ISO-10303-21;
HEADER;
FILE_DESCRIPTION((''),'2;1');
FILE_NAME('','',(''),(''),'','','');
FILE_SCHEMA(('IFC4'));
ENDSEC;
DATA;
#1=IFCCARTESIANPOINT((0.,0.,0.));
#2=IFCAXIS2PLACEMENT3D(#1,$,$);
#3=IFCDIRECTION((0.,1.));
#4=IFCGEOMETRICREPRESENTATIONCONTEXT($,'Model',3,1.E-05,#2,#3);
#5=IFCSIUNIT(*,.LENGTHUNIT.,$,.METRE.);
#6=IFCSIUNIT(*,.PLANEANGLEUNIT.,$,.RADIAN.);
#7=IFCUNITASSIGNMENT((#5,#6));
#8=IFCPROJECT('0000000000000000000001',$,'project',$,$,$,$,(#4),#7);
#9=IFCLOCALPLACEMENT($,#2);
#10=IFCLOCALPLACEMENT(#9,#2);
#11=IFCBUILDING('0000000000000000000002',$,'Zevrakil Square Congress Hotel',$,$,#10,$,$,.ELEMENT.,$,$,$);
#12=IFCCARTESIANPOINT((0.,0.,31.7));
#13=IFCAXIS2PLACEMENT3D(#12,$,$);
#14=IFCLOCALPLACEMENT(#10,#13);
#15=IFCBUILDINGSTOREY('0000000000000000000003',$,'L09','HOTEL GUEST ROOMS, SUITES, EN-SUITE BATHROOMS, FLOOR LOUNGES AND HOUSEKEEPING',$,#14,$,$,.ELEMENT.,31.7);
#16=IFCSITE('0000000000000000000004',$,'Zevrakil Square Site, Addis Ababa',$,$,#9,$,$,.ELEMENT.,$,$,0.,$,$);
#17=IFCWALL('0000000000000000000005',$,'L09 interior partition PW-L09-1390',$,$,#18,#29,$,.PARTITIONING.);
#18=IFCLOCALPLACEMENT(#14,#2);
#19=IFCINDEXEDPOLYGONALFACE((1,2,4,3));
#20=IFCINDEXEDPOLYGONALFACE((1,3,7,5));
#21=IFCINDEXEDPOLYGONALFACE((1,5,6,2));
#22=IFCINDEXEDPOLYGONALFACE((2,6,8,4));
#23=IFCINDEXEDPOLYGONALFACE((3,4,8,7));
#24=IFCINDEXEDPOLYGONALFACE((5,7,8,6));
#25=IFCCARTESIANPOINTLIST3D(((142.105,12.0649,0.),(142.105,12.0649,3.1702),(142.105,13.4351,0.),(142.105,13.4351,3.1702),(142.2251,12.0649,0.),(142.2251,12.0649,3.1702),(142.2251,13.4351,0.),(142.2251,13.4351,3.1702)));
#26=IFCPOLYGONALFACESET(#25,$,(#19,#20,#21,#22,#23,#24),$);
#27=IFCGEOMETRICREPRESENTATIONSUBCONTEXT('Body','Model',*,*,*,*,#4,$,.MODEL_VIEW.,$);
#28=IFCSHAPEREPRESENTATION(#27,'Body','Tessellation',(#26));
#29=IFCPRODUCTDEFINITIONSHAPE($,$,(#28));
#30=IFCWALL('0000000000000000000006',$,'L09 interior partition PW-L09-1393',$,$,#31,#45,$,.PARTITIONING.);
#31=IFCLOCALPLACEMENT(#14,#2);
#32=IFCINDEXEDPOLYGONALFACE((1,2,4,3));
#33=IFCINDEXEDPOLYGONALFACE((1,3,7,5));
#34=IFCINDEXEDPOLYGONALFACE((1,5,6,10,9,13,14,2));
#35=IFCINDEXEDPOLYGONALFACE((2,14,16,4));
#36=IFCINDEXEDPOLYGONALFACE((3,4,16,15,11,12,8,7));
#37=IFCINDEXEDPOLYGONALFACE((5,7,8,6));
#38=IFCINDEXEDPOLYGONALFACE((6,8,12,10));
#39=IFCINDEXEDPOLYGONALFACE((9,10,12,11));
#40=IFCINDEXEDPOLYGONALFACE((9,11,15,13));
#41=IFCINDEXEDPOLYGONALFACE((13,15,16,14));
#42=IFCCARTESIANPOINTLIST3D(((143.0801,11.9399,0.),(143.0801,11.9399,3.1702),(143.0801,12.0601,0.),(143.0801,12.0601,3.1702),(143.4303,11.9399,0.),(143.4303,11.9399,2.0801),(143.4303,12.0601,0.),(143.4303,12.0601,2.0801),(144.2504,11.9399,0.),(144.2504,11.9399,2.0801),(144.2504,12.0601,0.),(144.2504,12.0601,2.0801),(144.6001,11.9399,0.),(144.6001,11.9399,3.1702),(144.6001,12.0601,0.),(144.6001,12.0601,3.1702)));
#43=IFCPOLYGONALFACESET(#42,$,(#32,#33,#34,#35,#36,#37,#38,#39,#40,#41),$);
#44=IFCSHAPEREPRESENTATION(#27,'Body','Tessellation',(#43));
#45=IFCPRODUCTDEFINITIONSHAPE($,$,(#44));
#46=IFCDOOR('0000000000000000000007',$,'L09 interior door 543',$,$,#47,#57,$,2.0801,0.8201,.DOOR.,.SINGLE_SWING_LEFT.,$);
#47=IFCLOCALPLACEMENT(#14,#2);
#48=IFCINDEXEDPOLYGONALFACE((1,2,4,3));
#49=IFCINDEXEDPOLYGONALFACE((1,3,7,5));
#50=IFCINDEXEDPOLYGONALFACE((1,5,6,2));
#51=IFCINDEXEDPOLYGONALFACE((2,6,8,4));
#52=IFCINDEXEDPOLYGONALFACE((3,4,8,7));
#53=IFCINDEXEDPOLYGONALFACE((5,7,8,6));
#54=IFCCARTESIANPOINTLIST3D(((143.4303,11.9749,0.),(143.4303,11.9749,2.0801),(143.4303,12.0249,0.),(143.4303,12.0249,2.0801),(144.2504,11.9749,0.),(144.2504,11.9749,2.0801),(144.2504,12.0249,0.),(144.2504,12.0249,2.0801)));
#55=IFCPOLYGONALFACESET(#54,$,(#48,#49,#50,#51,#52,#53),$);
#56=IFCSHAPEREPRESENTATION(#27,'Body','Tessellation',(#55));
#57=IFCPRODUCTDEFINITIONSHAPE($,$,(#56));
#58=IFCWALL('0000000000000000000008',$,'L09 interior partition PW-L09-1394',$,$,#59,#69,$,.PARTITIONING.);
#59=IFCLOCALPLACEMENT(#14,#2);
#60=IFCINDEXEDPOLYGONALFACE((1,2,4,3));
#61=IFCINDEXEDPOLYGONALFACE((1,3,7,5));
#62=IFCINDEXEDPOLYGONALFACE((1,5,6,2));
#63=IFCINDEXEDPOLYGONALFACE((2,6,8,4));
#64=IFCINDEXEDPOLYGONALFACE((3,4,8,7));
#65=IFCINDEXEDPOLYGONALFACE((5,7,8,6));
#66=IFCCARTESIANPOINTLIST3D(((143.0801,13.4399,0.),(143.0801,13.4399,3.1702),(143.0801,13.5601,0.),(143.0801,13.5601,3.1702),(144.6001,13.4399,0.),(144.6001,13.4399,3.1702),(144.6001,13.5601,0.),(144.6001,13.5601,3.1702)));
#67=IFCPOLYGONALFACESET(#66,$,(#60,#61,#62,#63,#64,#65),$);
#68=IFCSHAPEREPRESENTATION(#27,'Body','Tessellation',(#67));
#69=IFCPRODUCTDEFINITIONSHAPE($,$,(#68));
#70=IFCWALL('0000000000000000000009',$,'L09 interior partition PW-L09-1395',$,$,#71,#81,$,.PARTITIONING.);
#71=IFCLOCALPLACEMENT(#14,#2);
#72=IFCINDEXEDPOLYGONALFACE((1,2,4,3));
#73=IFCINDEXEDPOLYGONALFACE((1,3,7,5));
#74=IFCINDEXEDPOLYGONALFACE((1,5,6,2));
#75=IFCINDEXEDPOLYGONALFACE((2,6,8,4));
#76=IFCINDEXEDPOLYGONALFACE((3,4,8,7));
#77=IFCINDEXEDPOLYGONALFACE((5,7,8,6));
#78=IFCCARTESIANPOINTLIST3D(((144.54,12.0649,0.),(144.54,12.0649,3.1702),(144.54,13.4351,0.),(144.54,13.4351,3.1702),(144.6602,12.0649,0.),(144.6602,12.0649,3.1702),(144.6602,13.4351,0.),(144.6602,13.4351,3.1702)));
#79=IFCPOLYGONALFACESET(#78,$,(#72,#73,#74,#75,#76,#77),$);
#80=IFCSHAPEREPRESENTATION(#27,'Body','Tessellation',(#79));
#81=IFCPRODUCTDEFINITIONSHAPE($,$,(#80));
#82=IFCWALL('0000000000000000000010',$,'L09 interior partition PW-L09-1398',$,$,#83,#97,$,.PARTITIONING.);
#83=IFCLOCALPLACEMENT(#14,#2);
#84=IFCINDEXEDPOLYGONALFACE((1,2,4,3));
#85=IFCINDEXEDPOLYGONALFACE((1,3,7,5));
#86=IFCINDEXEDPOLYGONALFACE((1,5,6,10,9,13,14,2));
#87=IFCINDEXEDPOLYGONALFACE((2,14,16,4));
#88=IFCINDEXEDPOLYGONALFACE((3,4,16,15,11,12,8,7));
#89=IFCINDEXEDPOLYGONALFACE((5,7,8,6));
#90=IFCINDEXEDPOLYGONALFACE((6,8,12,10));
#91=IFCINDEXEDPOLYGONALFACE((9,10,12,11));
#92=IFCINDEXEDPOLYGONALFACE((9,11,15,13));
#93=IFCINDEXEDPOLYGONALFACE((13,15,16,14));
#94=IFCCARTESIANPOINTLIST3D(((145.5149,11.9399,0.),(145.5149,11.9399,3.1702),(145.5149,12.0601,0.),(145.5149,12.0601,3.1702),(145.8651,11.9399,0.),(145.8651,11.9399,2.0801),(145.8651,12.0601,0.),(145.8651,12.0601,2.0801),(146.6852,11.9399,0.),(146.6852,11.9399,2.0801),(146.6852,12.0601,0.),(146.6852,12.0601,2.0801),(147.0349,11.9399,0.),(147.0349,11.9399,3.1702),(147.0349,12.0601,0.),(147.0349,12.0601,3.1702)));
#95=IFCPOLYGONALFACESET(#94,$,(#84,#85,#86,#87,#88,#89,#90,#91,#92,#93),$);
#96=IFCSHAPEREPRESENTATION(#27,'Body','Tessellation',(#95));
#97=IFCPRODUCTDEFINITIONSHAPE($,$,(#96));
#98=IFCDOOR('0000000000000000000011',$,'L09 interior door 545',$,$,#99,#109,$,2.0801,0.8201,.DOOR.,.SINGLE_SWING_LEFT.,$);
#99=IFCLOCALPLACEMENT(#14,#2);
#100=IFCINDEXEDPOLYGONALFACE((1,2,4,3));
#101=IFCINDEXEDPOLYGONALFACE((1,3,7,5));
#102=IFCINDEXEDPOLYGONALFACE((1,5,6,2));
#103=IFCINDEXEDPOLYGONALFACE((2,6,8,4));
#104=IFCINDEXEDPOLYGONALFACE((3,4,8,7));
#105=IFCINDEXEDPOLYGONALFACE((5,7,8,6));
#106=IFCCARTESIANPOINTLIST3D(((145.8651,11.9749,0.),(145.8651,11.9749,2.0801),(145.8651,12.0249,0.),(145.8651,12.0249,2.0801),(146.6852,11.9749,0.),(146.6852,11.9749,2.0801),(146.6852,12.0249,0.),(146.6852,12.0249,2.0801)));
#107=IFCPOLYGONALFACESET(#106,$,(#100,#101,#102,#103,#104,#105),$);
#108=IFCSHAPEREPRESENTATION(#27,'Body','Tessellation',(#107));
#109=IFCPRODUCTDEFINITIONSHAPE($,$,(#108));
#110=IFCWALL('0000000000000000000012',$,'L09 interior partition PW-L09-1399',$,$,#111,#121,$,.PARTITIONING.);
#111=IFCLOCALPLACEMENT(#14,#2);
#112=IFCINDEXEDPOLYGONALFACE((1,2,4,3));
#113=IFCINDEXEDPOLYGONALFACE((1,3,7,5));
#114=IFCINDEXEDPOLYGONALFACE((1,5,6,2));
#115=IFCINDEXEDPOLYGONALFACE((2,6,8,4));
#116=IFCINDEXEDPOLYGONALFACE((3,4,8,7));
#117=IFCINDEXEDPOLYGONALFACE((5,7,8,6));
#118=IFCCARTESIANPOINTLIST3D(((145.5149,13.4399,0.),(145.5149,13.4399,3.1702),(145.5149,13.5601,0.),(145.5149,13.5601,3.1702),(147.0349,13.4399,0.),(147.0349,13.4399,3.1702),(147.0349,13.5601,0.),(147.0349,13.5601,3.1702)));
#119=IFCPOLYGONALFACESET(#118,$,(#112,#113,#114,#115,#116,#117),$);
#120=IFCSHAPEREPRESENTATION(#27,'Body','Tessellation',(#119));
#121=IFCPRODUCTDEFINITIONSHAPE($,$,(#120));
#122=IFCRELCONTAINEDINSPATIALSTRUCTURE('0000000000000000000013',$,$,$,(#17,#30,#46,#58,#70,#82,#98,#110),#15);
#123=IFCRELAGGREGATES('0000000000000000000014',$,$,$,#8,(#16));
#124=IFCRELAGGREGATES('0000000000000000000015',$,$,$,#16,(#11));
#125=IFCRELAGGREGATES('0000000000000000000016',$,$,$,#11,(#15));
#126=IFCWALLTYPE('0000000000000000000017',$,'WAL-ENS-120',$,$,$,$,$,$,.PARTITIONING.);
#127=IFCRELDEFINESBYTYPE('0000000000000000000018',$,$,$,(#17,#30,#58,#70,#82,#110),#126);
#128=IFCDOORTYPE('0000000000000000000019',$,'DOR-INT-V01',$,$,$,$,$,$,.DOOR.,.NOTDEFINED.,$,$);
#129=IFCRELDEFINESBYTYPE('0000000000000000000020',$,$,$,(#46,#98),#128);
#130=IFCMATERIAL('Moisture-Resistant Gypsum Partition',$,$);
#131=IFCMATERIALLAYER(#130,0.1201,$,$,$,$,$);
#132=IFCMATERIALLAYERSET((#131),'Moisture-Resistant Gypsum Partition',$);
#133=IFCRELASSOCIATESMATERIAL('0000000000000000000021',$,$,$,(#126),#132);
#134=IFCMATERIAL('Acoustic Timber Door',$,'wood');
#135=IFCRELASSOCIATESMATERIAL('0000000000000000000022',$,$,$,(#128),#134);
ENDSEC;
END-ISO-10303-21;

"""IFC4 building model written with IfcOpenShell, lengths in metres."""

from ifc_helpers import new_model, si_unit, direction, frame, frame_2d, origin, place, context, subcontext, project, spatial, rectangle, extrude, material, layer, layer_set, type_object, element, fill, save


model = new_model("IFC4")

# Units and contexts
model_context = context("Model", 3, precision=1e-05, world=origin(), true_north=direction((0.0, 1.0)))
body_context = subcontext(model_context, "Body", "Model", "MODEL_VIEW")
ifc_project = project(units=[si_unit("LENGTHUNIT", "METRE"), si_unit("PLANEANGLEUNIT", "RADIAN")], contexts=[model_context])

# Site, building, storey
site_placement = place(None, origin())
site = spatial("IfcSite", under=ifc_project, at=site_placement, Name="Zevrakil Square Site, Addis Ababa", CompositionType="ELEMENT", RefElevation=0.0)
building_placement = place(site_placement, origin())
building = spatial("IfcBuilding", under=site, at=building_placement, Name="Zevrakil Square Congress Hotel", CompositionType="ELEMENT")
storey_placement = place(building_placement, frame((0.0, 0.0, 31.7)))
storey = spatial("IfcBuildingStorey", under=building, at=storey_placement, Name="L09", Description="HOTEL GUEST ROOMS, SUITES, EN-SUITE BATHROOMS, FLOOR LOUNGES AND HOUSEKEEPING", CompositionType="ELEMENT", Elevation=31.7)

# Shared definitions
ifc_material_1 = material(Name="Moisture-Resistant Gypsum Partition")
ifc_layer_1 = layer(ifc_material_1, 0.1201)
ifc_layer_set_1 = layer_set([ifc_layer_1], Name="Moisture-Resistant Gypsum Partition")
wall_type_1 = type_object("IfcWallType", Name="WAL-ENS-120", PredefinedType="PARTITIONING", material=ifc_layer_set_1)

# Shared definitions
ifc_material_2 = material(Name="Acoustic Timber Door", Category="wood")
door_type_1 = type_object("IfcDoorType", Name="DOR-INT-V01", OperationType="NOTDEFINED", PredefinedType="DOOR", material=ifc_material_2)

# Wall
wall_1_placement = place(storey_placement, frame((142.165, 12.0649, 0.0), z_axis=(0.0, 0.0, 1.0), x_axis=(0.0, 1.0, 0.0)))
element("IfcWall", 1, at=wall_1_placement, inside=storey, type_object=wall_type_1, Name="L09 interior partition PW-L09-1390", PredefinedType="PARTITIONING", context=body_context, shape_type="SweptSolid", body=[
    extrude(rectangle(XDim=1.3701, YDim=0.1201, at=frame_2d((0.6851, 0.0))), origin(), (0.0, 0.0, 1.0), 3.1702),
])

# Wall, opening, door
wall_2_placement = place(storey_placement, frame((143.0801, 12.0, 0.0), z_axis=(0.0, 0.0, 1.0), x_axis=(1.0, 0.0, 0.0)))
wall_2 = element("IfcWall", 2, at=wall_2_placement, inside=storey, type_object=wall_type_1, Name="L09 interior partition PW-L09-1393", PredefinedType="PARTITIONING", context=body_context, shape_type="SweptSolid", body=[
    extrude(rectangle(XDim=1.52, YDim=0.1201, at=frame_2d((0.76, 0.0))), origin(), (0.0, 0.0, 1.0), 3.1702),
])
opening_1_placement = place(wall_2_placement, frame((0.3501, 0.0, 0.0)))
opening_1 = element("IfcOpeningElement", 3, at=opening_1_placement, cuts=wall_2, PredefinedType="OPENING", context=body_context, shape_type="SweptSolid", body=[
    extrude(rectangle(XDim=0.8201, YDim=2.0801, at=frame_2d((0.4102, 1.04))), frame((0.0, 0.0701, 0.0), z_axis=(0.0, -1.0, 0.0), x_axis=(1.0, 0.0, 0.0)), (0.0, 0.0, 1.0), 0.1401),
])
door_1_placement = place(opening_1_placement, origin())
door_1 = element("IfcDoor", 4, at=door_1_placement, inside=storey, type_object=door_type_1, Name="L09 interior door 543", OperationType="SINGLE_SWING_LEFT", OverallHeight=2.0801, OverallWidth=0.8201, PredefinedType="DOOR", context=body_context, shape_type="SweptSolid", body=[
    extrude(rectangle(XDim=0.8201, YDim=2.0801, at=frame_2d((0.4102, 1.04))), frame((0.0, 0.0249, 0.0), z_axis=(0.0, -1.0, 0.0), x_axis=(1.0, 0.0, 0.0)), (0.0, 0.0, 1.0), 0.05),
])
fill(opening_1, door_1)

# Walls
wall_3_placement = place(storey_placement, frame((143.0801, 13.5, 0.0), z_axis=(0.0, 0.0, 1.0), x_axis=(1.0, 0.0, 0.0)))
element("IfcWall", 5, at=wall_3_placement, inside=storey, type_object=wall_type_1, Name="L09 interior partition PW-L09-1394", PredefinedType="PARTITIONING", context=body_context, shape_type="SweptSolid", body=[
    extrude(rectangle(XDim=1.52, YDim=0.1201, at=frame_2d((0.76, 0.0))), origin(), (0.0, 0.0, 1.0), 3.1702),
])
wall_4_placement = place(storey_placement, frame((144.6001, 12.0649, 0.0), z_axis=(0.0, 0.0, 1.0), x_axis=(0.0, 1.0, 0.0)))
element("IfcWall", 6, at=wall_4_placement, inside=storey, type_object=wall_type_1, Name="L09 interior partition PW-L09-1395", PredefinedType="PARTITIONING", context=body_context, shape_type="SweptSolid", body=[
    extrude(rectangle(XDim=1.3701, YDim=0.1201, at=frame_2d((0.6851, 0.0))), origin(), (0.0, 0.0, 1.0), 3.1702),
])

# Wall, opening, door
wall_5_placement = place(storey_placement, frame((145.5149, 12.0, 0.0), z_axis=(0.0, 0.0, 1.0), x_axis=(1.0, 0.0, 0.0)))
wall_5 = element("IfcWall", 7, at=wall_5_placement, inside=storey, type_object=wall_type_1, Name="L09 interior partition PW-L09-1398", PredefinedType="PARTITIONING", context=body_context, shape_type="SweptSolid", body=[
    extrude(rectangle(XDim=1.52, YDim=0.1201, at=frame_2d((0.76, 0.0))), origin(), (0.0, 0.0, 1.0), 3.1702),
])
opening_2_placement = place(wall_5_placement, frame((0.3501, 0.0, 0.0)))
opening_2 = element("IfcOpeningElement", 8, at=opening_2_placement, cuts=wall_5, PredefinedType="OPENING", context=body_context, shape_type="SweptSolid", body=[
    extrude(rectangle(XDim=0.8201, YDim=2.0801, at=frame_2d((0.4102, 1.04))), frame((0.0, 0.0701, 0.0), z_axis=(0.0, -1.0, 0.0), x_axis=(1.0, 0.0, 0.0)), (0.0, 0.0, 1.0), 0.1401),
])
door_2_placement = place(opening_2_placement, origin())
door_2 = element("IfcDoor", 9, at=door_2_placement, inside=storey, type_object=door_type_1, Name="L09 interior door 545", OperationType="SINGLE_SWING_LEFT", OverallHeight=2.0801, OverallWidth=0.8201, PredefinedType="DOOR", context=body_context, shape_type="SweptSolid", body=[
    extrude(rectangle(XDim=0.8201, YDim=2.0801, at=frame_2d((0.4102, 1.04))), frame((0.0, 0.0249, 0.0), z_axis=(0.0, -1.0, 0.0), x_axis=(1.0, 0.0, 0.0)), (0.0, 0.0, 1.0), 0.05),
])
fill(opening_2, door_2)

# Wall
wall_6_placement = place(storey_placement, frame((145.5149, 13.5, 0.0), z_axis=(0.0, 0.0, 1.0), x_axis=(1.0, 0.0, 0.0)))
element("IfcWall", 10, at=wall_6_placement, inside=storey, type_object=wall_type_1, Name="L09 interior partition PW-L09-1399", PredefinedType="PARTITIONING", context=body_context, shape_type="SweptSolid", body=[
    extrude(rectangle(XDim=1.52, YDim=0.1201, at=frame_2d((0.76, 0.0))), origin(), (0.0, 0.0, 1.0), 3.1702),
])

save(model, "model.ifc")
